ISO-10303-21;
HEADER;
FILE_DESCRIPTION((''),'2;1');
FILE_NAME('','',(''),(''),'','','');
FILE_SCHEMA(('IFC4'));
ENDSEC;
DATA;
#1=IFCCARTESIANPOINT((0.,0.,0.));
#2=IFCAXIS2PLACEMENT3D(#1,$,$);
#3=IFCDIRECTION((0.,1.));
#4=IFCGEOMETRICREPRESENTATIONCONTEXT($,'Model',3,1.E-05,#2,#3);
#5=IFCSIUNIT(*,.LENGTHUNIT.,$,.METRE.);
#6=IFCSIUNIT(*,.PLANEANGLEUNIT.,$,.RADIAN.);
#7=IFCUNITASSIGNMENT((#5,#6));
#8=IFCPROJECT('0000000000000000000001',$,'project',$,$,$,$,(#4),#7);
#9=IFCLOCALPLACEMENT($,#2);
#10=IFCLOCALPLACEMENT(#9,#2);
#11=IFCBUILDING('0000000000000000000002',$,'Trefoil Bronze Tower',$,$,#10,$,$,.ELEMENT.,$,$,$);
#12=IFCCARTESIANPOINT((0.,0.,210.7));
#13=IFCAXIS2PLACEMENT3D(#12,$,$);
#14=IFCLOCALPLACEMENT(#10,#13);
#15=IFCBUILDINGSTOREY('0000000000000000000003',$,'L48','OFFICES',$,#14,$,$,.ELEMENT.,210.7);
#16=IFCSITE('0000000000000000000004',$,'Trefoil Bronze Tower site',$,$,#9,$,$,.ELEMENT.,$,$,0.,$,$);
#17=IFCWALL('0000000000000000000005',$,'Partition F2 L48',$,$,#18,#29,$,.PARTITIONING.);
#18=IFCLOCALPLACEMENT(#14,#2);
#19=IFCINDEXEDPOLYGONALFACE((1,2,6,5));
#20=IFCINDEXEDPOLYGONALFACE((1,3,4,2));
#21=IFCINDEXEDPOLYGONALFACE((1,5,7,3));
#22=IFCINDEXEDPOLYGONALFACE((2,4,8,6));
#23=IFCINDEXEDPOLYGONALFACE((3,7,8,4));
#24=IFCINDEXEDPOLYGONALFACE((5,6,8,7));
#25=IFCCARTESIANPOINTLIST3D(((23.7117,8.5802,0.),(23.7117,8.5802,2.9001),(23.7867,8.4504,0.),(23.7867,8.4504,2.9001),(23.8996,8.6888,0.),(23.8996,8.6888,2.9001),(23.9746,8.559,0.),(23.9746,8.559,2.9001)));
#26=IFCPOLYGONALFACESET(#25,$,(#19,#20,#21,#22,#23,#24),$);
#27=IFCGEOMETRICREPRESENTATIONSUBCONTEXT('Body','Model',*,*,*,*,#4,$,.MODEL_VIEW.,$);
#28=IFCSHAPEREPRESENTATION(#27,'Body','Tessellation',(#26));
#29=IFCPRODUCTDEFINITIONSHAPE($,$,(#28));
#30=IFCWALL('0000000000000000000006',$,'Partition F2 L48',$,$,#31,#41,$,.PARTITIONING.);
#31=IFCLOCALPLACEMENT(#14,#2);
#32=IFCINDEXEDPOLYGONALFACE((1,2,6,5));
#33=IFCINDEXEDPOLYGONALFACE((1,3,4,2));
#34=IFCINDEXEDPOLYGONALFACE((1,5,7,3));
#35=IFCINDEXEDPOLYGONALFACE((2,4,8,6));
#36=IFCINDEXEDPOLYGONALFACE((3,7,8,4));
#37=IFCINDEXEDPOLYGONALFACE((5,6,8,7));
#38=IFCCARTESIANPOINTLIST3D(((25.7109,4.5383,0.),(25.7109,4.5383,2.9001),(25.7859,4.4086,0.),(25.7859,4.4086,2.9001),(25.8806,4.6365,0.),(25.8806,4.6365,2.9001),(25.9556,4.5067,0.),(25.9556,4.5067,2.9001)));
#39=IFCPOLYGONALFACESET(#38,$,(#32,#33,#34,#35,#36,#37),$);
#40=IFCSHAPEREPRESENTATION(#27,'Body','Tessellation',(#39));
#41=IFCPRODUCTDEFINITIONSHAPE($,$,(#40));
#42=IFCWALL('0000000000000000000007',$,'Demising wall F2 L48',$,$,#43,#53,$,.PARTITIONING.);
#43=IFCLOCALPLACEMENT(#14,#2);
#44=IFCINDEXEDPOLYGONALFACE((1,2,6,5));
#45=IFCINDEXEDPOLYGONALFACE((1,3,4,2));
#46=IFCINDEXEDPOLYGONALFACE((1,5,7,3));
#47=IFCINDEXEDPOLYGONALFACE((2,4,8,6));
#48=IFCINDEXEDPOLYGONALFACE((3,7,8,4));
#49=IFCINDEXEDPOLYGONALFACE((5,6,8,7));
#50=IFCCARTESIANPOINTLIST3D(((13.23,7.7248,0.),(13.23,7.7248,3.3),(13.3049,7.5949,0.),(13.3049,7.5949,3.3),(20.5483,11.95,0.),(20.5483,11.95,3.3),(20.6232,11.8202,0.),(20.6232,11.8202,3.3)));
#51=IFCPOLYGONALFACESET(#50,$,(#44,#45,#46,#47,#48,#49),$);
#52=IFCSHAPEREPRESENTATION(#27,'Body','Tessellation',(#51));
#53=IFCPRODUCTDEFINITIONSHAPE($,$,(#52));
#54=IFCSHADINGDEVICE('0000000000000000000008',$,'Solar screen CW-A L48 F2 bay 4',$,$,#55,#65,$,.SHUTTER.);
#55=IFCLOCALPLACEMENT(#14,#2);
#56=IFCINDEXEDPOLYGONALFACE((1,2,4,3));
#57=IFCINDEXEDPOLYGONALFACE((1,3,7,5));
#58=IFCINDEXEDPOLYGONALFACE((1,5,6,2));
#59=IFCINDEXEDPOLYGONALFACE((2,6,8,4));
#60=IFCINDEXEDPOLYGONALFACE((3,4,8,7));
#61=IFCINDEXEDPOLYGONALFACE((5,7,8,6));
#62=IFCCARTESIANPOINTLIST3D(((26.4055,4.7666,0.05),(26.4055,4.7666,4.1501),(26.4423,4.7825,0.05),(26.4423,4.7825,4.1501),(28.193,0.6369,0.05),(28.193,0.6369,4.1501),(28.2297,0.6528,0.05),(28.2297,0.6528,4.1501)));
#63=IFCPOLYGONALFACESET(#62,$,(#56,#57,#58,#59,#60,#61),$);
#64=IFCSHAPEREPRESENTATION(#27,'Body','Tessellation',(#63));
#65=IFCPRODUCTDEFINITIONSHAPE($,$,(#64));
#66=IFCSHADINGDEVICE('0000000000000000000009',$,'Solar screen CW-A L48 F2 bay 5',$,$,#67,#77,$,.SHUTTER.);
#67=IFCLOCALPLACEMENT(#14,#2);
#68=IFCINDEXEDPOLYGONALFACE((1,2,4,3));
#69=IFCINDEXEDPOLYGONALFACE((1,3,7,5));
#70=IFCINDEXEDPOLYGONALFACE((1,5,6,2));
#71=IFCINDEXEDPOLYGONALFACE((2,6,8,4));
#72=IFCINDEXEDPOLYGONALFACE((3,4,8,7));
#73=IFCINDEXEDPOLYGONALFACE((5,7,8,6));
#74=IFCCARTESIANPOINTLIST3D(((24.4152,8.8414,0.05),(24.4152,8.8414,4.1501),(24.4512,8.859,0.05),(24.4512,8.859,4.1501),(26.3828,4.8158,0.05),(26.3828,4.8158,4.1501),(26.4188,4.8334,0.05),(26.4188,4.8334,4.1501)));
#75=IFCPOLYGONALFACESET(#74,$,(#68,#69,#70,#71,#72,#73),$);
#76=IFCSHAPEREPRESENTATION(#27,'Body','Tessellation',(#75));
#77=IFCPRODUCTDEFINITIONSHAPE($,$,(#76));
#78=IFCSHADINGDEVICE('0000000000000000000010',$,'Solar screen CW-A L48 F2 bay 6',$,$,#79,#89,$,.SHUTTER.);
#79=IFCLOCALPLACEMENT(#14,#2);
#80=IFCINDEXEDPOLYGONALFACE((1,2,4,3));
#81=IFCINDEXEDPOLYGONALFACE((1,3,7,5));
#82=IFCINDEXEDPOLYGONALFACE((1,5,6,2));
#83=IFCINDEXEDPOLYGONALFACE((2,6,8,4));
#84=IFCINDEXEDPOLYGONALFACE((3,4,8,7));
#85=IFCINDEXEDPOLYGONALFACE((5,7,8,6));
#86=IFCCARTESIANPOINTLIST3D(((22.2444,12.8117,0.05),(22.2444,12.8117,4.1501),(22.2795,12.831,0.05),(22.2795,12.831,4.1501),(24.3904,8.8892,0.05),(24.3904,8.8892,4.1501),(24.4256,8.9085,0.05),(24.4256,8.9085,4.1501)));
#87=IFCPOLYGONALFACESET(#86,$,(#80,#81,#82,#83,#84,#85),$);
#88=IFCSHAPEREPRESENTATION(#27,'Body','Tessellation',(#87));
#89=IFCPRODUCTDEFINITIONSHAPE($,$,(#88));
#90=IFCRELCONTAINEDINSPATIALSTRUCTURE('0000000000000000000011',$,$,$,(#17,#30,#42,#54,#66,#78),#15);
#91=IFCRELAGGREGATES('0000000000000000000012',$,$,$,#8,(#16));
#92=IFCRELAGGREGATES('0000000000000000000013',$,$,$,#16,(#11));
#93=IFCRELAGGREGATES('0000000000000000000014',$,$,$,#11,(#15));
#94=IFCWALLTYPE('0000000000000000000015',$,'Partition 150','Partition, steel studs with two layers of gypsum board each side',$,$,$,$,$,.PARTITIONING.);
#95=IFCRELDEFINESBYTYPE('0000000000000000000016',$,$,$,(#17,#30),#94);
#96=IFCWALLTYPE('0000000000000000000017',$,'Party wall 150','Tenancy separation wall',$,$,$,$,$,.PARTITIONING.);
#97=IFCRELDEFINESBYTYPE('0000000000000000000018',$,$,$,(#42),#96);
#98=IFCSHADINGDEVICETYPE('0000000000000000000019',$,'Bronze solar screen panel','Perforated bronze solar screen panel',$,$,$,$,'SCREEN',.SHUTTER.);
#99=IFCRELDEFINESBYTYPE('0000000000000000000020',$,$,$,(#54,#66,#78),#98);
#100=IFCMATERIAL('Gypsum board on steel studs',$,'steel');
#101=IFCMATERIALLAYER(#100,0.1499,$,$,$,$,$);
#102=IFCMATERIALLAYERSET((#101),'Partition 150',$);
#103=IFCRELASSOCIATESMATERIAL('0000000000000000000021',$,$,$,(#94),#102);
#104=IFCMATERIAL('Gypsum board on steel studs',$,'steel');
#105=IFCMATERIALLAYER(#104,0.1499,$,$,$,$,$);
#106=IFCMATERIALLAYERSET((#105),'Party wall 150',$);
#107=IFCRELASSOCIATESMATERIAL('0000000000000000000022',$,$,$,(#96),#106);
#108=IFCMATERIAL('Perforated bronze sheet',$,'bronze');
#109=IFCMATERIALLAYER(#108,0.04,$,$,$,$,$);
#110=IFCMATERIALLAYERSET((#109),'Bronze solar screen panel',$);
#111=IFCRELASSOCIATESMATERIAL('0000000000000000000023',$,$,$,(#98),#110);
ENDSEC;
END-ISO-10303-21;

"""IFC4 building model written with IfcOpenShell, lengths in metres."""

from ifc_helpers import new_model, si_unit, direction, frame, frame_2d, origin, origin_2d, place, context, subcontext, project, spatial, rectangle, extrude, material, layer, layer_set, type_object, element, save


model = new_model("IFC4")

# Units and contexts
model_context = context("Model", 3, precision=1e-05, world=origin(), true_north=direction((0.0, 1.0)))
body_context = subcontext(model_context, "Body", "Model", "MODEL_VIEW")
ifc_project = project(units=[si_unit("LENGTHUNIT", "METRE"), si_unit("PLANEANGLEUNIT", "RADIAN")], contexts=[model_context])

# Site, building, storey
site_placement = place(None, origin())
site = spatial("IfcSite", under=ifc_project, at=site_placement, Name="Trefoil Bronze Tower site", CompositionType="ELEMENT", RefElevation=0.0)
building_placement = place(site_placement, origin())
building = spatial("IfcBuilding", under=site, at=building_placement, Name="Trefoil Bronze Tower", CompositionType="ELEMENT")
storey_placement = place(building_placement, frame((0.0, 0.0, 210.7)))
storey = spatial("IfcBuildingStorey", under=building, at=storey_placement, Name="L48", Description="OFFICES", CompositionType="ELEMENT", Elevation=210.7)

# Walls
ifc_material_1 = material(Name="Gypsum board on steel studs", Category="steel")
ifc_layer_1 = layer(ifc_material_1, 0.1499)
ifc_layer_set_1 = layer_set([ifc_layer_1], Name="Partition 150")
wall_type_1 = type_object("IfcWallType", Name="Partition 150", Description="Partition, steel studs with two layers of gypsum board each side", PredefinedType="PARTITIONING", material=ifc_layer_set_1)
wall_1_placement = place(storey_placement, frame((23.7493, 8.5154, 0.0), z_axis=(0.0, 0.0, 1.0), x_axis=(0.865811, 0.500371, 0.0)))
element("IfcWall", 1, at=wall_1_placement, inside=storey, type_object=wall_type_1, Name="Partition F2 L48", PredefinedType="PARTITIONING", context=body_context, shape_type="SweptSolid", body=[
    extrude(rectangle(XDim=0.217, YDim=0.1499, at=frame_2d((0.1084, 0.0))), origin(), (0.0, 0.0, 1.0), 2.9001),
])
wall_2_placement = place(storey_placement, frame((25.7483, 4.4734, 0.0), z_axis=(0.0, 0.0, 1.0), x_axis=(0.865625, 0.500693, 0.0)))
element("IfcWall", 2, at=wall_2_placement, inside=storey, type_object=wall_type_1, Name="Partition F2 L48", PredefinedType="PARTITIONING", context=body_context, shape_type="SweptSolid", body=[
    extrude(rectangle(XDim=0.196, YDim=0.1499, at=frame_2d((0.0981, 0.0))), origin(), (0.0, 0.0, 1.0), 2.9001),
])
ifc_material_2 = material(Name="Gypsum board on steel studs", Category="steel")
ifc_layer_2 = layer(ifc_material_2, 0.1499)
ifc_layer_set_2 = layer_set([ifc_layer_2], Name="Party wall 150")
wall_type_2 = type_object("IfcWallType", Name="Party wall 150", Description="Tenancy separation wall", PredefinedType="PARTITIONING", material=ifc_layer_set_2)
wall_3_placement = place(storey_placement, frame((13.2676, 7.6599, 0.0), z_axis=(0.0, 0.0, 1.0), x_axis=(0.866021, 0.500008, 0.0)))
element("IfcWall", 3, at=wall_3_placement, inside=storey, type_object=wall_type_2, Name="Demising wall F2 L48", PredefinedType="PARTITIONING", context=body_context, shape_type="SweptSolid", body=[
    extrude(rectangle(XDim=8.4504, YDim=0.1499, at=frame_2d((4.2251, 0.0))), origin(), (0.0, 0.0, 1.0), 3.3),
])

# Shading devices
ifc_material_3 = material(Name="Perforated bronze sheet", Category="bronze")
ifc_layer_3 = layer(ifc_material_3, 0.04)
ifc_layer_set_3 = layer_set([ifc_layer_3], Name="Bronze solar screen panel")
shading_device_type = type_object("IfcShadingDeviceType", Name="Bronze solar screen panel", Description="Perforated bronze solar screen panel", ElementType="SCREEN", PredefinedType="SHUTTER", material=ifc_layer_set_3)
shading_device_1_placement = place(storey_placement, frame((27.3176, 2.7097, 0.05), z_axis=(0.0, 0.0, 1.0), x_axis=(-0.39722, 0.917723, 0.0)))
element("IfcShadingDevice", 4, at=shading_device_1_placement, inside=storey, type_object=shading_device_type, Name="Solar screen CW-A L48 F2 bay 4", PredefinedType="SHUTTER", context=body_context, shape_type="SweptSolid", body=[
    extrude(rectangle(XDim=4.5, YDim=0.04, at=origin_2d()), origin(), (0.0, 0.0, 1.0), 4.1001),
])
shading_device_2_placement = place(storey_placement, frame((25.417, 6.8374, 0.05), z_axis=(0.0, 0.0, 1.0), x_axis=(-0.439129, 0.898424, 0.0)))
element("IfcShadingDevice", 5, at=shading_device_2_placement, inside=storey, type_object=shading_device_type, Name="Solar screen CW-A L48 F2 bay 5", PredefinedType="SHUTTER", context=body_context, shape_type="SweptSolid", body=[
    extrude(rectangle(XDim=4.4807, YDim=0.04, at=origin_2d()), origin(), (0.0, 0.0, 1.0), 4.1001),
])
shading_device_3_placement = place(storey_placement, frame((23.335, 10.8601, 0.05), z_axis=(0.0, 0.0, 1.0), x_axis=(-0.479974, 0.877283, 0.0)))
element("IfcShadingDevice", 6, at=shading_device_3_placement, inside=storey, type_object=shading_device_type, Name="Solar screen CW-A L48 F2 bay 6", PredefinedType="SHUTTER", context=body_context, shape_type="SweptSolid", body=[
    extrude(rectangle(XDim=4.4712, YDim=0.04, at=origin_2d()), origin(), (0.0, 0.0, 1.0), 4.1001),
])

save(model, "model.ifc")
